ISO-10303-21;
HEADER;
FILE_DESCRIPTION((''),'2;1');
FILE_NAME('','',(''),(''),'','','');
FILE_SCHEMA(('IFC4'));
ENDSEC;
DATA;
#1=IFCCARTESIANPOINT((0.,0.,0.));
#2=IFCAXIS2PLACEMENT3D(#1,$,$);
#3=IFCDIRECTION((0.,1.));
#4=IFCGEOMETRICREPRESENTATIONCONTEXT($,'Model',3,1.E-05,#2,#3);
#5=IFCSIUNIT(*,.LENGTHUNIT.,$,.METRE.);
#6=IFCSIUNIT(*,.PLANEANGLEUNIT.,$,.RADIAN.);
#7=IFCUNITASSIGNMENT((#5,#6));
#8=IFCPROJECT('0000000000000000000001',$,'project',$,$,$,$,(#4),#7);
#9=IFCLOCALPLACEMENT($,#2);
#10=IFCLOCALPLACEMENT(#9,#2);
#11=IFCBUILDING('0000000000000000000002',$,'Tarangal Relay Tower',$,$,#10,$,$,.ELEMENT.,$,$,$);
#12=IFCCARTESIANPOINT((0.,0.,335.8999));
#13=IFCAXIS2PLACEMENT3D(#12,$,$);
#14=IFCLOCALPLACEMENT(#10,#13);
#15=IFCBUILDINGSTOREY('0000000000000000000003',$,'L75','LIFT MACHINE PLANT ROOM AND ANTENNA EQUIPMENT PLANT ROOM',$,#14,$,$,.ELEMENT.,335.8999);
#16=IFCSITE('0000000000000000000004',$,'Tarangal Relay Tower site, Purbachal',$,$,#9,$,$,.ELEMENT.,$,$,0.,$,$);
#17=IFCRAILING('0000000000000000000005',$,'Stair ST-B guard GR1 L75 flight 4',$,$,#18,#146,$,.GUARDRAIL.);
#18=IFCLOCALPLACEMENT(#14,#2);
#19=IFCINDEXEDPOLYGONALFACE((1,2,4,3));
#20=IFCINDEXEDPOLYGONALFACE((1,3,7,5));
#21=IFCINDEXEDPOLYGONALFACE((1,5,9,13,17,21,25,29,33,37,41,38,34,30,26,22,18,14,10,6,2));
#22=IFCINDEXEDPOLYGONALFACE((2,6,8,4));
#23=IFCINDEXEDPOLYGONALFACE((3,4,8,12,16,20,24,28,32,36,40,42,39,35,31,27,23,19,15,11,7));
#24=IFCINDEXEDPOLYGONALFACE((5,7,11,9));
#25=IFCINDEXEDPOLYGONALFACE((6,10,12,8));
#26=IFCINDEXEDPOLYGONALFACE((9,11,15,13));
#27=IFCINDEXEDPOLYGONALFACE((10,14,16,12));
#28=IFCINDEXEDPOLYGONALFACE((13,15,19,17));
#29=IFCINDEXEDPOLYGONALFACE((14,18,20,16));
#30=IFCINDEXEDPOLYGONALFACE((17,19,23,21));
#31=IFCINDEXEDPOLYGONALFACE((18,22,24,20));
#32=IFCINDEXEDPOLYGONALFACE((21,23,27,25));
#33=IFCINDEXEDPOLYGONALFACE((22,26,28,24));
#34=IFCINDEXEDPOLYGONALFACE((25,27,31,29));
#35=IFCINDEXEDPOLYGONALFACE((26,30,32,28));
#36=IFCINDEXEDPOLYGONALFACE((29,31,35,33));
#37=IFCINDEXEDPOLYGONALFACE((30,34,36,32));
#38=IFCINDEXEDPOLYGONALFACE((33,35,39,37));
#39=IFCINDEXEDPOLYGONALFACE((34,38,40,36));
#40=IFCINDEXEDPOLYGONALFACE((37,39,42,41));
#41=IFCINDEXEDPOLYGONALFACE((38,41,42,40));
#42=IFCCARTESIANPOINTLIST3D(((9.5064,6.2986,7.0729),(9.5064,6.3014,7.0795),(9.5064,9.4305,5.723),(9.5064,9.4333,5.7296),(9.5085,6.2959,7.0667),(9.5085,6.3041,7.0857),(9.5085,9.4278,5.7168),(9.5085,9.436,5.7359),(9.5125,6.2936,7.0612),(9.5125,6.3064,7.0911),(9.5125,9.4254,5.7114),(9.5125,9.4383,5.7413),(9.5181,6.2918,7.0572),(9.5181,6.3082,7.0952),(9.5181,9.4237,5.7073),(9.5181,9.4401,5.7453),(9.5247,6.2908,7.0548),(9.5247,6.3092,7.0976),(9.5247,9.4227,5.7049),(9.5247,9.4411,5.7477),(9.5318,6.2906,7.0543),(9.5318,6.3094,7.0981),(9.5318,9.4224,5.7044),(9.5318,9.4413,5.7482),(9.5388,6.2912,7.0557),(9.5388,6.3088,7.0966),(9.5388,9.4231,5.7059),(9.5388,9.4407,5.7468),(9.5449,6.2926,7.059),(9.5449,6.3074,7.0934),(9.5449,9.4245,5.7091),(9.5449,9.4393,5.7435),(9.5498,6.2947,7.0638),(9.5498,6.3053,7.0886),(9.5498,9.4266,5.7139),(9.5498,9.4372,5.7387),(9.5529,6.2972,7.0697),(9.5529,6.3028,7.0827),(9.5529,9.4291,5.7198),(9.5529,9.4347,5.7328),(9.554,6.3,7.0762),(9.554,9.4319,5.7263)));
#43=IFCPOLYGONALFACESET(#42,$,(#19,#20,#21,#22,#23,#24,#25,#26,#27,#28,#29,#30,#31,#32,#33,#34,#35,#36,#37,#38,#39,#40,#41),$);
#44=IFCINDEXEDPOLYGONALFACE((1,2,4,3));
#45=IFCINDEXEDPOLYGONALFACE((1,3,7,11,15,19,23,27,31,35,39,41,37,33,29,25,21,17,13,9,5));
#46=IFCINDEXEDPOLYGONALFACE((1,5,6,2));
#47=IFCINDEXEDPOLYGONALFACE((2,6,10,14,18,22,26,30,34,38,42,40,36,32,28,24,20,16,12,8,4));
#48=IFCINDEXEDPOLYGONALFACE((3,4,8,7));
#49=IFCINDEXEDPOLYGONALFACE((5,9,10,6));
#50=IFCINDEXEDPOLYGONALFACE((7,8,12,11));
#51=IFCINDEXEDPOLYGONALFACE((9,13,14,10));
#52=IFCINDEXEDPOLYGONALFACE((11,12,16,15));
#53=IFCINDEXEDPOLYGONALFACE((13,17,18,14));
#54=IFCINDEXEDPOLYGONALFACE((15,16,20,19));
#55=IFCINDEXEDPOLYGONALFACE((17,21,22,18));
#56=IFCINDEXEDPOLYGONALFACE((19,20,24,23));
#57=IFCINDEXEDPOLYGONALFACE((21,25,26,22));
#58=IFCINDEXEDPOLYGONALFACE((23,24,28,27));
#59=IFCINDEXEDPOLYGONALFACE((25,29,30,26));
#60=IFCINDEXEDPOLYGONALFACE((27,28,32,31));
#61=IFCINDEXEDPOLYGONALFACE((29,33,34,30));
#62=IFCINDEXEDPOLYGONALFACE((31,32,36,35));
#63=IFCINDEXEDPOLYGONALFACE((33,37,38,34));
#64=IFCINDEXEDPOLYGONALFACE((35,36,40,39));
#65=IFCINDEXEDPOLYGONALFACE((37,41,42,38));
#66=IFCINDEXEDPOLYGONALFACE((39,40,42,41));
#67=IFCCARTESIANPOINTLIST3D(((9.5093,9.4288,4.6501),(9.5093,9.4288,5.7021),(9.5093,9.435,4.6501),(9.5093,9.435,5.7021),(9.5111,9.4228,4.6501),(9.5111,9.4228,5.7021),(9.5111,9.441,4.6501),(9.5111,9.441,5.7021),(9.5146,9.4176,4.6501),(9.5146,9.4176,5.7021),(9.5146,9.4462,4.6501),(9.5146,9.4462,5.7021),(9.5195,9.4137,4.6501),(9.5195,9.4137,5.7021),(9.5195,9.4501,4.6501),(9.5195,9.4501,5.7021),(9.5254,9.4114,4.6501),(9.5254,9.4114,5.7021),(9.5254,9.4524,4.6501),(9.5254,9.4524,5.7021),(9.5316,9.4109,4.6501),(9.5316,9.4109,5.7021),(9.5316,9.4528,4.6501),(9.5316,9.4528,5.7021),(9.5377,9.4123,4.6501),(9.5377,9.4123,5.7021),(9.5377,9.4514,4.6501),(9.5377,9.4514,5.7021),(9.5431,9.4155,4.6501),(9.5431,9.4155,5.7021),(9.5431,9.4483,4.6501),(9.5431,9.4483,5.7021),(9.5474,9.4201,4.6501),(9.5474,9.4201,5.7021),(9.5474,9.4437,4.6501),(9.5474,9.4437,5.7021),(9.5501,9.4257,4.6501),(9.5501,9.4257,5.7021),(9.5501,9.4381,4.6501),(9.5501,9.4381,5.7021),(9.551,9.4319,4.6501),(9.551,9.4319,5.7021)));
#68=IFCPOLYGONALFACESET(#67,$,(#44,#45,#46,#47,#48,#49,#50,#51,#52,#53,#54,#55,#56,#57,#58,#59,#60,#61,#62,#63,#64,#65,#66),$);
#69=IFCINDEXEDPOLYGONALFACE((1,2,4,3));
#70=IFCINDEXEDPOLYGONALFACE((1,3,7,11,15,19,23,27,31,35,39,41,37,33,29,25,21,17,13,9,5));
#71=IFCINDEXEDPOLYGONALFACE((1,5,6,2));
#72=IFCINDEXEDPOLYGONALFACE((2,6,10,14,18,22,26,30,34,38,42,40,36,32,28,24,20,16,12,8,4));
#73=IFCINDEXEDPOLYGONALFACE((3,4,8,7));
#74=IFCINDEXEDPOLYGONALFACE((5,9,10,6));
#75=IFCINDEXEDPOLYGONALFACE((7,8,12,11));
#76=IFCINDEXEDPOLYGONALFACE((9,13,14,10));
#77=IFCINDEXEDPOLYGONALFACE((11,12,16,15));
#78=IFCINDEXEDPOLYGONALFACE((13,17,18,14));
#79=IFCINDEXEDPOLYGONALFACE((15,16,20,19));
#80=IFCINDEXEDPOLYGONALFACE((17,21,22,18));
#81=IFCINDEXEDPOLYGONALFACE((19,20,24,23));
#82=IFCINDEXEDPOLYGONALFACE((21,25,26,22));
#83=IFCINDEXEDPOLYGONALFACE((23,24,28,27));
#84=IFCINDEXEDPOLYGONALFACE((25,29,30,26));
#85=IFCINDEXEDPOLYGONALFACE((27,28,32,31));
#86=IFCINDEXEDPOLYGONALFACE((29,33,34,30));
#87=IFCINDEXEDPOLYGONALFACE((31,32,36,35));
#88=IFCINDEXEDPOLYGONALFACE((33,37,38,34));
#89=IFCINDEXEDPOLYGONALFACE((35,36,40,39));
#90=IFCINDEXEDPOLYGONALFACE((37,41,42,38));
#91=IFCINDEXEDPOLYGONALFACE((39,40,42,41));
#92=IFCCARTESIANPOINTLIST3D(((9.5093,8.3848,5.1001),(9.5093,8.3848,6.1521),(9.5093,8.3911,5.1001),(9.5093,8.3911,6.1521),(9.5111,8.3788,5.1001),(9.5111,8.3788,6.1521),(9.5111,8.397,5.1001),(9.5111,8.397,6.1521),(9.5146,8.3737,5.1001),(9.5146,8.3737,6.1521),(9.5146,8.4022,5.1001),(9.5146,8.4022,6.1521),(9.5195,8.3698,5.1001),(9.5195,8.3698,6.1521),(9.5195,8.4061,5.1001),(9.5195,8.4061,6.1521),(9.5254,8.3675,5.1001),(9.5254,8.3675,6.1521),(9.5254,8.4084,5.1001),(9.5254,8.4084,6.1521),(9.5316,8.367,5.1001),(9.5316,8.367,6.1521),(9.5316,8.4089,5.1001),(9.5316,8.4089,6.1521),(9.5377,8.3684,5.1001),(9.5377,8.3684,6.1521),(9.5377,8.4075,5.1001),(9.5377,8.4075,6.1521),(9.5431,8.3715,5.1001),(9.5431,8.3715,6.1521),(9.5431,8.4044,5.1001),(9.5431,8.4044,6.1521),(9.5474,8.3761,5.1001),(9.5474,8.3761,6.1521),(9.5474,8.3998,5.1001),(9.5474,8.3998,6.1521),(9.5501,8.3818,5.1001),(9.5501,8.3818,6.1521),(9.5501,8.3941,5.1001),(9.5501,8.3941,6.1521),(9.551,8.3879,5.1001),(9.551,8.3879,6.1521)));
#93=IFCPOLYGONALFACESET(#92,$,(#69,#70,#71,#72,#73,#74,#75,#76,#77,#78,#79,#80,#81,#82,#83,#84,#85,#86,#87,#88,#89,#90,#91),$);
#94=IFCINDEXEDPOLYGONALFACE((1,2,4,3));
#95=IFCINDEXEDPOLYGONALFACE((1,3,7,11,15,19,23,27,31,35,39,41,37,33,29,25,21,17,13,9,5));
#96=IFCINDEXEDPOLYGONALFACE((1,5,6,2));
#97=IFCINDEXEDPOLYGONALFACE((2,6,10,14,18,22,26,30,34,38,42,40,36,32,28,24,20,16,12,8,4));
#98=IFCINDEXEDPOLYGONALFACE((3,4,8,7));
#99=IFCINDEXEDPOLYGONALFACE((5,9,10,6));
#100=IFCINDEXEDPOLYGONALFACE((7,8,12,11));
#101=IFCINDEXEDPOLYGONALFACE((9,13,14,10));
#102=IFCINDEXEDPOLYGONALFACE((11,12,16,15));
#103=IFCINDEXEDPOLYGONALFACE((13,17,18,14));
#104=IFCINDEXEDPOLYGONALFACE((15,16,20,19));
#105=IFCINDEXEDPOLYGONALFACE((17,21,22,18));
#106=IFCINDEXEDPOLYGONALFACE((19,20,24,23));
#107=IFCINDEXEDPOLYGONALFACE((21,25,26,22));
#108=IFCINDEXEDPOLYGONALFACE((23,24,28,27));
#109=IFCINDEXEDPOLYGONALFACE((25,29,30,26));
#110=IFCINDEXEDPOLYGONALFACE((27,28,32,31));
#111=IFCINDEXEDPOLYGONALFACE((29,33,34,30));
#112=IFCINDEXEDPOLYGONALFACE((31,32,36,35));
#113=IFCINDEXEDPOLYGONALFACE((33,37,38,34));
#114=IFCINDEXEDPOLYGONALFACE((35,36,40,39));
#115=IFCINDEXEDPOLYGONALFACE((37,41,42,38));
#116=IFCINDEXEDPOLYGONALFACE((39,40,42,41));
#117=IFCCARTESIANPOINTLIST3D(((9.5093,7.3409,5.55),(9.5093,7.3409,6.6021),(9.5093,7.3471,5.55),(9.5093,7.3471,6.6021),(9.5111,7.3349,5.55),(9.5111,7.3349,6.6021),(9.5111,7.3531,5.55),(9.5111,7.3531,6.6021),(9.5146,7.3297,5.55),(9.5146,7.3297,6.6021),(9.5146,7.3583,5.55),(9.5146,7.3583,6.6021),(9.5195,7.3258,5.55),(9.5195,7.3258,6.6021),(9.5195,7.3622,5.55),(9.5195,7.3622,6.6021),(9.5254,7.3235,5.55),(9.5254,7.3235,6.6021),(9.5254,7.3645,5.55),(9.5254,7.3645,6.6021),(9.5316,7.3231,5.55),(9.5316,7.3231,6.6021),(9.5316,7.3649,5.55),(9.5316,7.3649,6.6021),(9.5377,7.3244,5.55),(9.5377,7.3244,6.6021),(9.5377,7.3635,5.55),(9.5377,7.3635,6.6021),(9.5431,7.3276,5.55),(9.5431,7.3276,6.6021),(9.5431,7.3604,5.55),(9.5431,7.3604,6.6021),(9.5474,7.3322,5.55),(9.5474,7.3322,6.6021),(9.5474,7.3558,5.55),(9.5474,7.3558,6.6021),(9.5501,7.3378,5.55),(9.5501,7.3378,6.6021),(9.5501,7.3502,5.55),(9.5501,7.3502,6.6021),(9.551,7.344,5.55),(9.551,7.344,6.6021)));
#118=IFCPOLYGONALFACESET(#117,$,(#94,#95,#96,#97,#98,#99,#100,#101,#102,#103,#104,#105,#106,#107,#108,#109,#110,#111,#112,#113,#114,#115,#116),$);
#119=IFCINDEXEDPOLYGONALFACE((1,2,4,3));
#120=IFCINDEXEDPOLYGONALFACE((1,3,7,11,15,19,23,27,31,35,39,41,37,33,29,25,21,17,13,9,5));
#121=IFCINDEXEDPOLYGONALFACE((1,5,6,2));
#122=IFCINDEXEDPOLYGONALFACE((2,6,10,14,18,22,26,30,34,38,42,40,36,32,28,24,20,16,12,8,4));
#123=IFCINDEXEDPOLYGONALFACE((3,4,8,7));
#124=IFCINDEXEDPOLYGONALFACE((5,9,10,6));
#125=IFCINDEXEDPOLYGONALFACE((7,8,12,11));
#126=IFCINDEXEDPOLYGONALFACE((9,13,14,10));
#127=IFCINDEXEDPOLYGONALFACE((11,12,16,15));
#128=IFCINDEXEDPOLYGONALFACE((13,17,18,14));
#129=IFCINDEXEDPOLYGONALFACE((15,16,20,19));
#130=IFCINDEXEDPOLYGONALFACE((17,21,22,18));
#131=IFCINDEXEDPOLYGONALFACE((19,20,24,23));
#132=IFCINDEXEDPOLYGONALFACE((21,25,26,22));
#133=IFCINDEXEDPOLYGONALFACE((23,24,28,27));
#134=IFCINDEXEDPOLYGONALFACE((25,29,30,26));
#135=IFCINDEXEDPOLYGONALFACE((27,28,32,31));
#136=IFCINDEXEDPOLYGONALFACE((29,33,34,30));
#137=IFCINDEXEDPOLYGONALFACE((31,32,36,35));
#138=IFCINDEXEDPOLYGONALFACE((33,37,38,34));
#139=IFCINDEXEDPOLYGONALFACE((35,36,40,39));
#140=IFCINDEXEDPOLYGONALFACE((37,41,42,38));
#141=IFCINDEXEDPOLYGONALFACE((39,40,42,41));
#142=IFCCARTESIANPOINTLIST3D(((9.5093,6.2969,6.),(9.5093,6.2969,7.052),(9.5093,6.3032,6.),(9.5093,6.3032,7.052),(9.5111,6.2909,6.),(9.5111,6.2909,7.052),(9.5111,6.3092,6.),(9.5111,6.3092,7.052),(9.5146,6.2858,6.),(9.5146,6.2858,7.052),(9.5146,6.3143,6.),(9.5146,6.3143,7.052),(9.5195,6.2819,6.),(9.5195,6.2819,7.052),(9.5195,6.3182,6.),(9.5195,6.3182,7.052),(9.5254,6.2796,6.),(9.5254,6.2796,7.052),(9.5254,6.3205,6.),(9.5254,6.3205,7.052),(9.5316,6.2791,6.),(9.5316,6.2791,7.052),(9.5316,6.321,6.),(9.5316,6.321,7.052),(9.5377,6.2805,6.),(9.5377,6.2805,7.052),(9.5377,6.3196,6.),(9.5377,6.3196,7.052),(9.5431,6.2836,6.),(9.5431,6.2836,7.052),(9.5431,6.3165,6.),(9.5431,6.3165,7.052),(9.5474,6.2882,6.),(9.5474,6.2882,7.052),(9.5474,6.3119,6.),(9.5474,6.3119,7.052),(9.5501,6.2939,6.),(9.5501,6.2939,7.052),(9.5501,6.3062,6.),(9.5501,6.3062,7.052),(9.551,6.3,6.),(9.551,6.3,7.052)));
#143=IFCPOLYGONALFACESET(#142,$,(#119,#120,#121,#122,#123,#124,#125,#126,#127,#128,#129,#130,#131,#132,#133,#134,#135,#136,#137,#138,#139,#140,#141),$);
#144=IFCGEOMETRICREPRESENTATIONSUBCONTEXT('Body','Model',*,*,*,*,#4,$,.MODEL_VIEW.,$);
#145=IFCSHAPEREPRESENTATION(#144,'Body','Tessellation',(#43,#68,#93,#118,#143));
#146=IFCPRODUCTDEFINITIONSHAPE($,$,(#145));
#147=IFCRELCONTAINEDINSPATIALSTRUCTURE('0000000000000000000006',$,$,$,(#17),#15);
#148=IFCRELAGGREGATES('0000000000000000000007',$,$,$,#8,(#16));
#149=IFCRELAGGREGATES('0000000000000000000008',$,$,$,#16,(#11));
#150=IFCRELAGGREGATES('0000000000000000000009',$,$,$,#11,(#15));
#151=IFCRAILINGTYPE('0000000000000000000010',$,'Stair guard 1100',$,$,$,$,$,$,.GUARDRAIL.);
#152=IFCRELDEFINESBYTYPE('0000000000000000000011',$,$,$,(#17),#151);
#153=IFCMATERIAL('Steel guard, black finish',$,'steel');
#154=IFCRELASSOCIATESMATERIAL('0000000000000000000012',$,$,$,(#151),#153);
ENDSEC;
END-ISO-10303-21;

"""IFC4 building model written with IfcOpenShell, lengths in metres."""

from ifc_helpers import new_model, si_unit, direction, frame, origin, origin_2d, place, context, subcontext, project, spatial, circle, extrude, material, type_object, element, save


model = new_model("IFC4")

# Units and contexts
model_context = context("Model", 3, precision=1e-05, world=origin(), true_north=direction((0.0, 1.0)))
body_context = subcontext(model_context, "Body", "Model", "MODEL_VIEW")
ifc_project = project(units=[si_unit("LENGTHUNIT", "METRE"), si_unit("PLANEANGLEUNIT", "RADIAN")], contexts=[model_context])

# Site, building, storey
site_placement = place(None, origin())
site = spatial("IfcSite", under=ifc_project, at=site_placement, Name="Tarangal Relay Tower site, Purbachal", CompositionType="ELEMENT", RefElevation=0.0)
building_placement = place(site_placement, origin())
building = spatial("IfcBuilding", under=site, at=building_placement, Name="Tarangal Relay Tower", CompositionType="ELEMENT")
storey_placement = place(building_placement, frame((0.0, 0.0, 335.8999)))
storey = spatial("IfcBuildingStorey", under=building, at=storey_placement, Name="L75", Description="LIFT MACHINE PLANT ROOM AND ANTENNA EQUIPMENT PLANT ROOM", CompositionType="ELEMENT", Elevation=335.8999)

# Railing
ifc_material_1 = material(Name="Steel guard, black finish", Category="steel")
railing_type_1 = type_object("IfcRailingType", Name="Stair guard 1100", PredefinedType="GUARDRAIL", material=ifc_material_1)
railing_1_placement = place(storey_placement, frame((9.53, 9.4319, 4.6501)))
element("IfcRailing", 1, at=railing_1_placement, inside=storey, type_object=railing_type_1, Name="Stair ST-B guard GR1 L75 flight 4", PredefinedType="GUARDRAIL", context=body_context, shape_type="SweptSolid", body=[
    extrude(circle(Radius=0.0239, at=origin_2d()), frame((0.0, 0.0, 1.0762), z_axis=(0.0, -0.918332, 0.395811), x_axis=(1.0, 0.0, 0.0)), (0.0, 0.0, 1.0), 3.4104),
    extrude(circle(Radius=0.021, at=origin_2d()), origin(), (0.0, 0.0, 1.0), 1.052),
    extrude(circle(Radius=0.021, at=origin_2d()), frame((0.0, -1.0439, 0.45)), (0.0, 0.0, 1.0), 1.052),
    extrude(circle(Radius=0.021, at=origin_2d()), frame((0.0, -2.0879, 0.8999)), (0.0, 0.0, 1.0), 1.052),
    extrude(circle(Radius=0.021, at=origin_2d()), frame((0.0, -3.1318, 1.3499)), (0.0, 0.0, 1.0), 1.052),
])

save(model, "model.ifc")
